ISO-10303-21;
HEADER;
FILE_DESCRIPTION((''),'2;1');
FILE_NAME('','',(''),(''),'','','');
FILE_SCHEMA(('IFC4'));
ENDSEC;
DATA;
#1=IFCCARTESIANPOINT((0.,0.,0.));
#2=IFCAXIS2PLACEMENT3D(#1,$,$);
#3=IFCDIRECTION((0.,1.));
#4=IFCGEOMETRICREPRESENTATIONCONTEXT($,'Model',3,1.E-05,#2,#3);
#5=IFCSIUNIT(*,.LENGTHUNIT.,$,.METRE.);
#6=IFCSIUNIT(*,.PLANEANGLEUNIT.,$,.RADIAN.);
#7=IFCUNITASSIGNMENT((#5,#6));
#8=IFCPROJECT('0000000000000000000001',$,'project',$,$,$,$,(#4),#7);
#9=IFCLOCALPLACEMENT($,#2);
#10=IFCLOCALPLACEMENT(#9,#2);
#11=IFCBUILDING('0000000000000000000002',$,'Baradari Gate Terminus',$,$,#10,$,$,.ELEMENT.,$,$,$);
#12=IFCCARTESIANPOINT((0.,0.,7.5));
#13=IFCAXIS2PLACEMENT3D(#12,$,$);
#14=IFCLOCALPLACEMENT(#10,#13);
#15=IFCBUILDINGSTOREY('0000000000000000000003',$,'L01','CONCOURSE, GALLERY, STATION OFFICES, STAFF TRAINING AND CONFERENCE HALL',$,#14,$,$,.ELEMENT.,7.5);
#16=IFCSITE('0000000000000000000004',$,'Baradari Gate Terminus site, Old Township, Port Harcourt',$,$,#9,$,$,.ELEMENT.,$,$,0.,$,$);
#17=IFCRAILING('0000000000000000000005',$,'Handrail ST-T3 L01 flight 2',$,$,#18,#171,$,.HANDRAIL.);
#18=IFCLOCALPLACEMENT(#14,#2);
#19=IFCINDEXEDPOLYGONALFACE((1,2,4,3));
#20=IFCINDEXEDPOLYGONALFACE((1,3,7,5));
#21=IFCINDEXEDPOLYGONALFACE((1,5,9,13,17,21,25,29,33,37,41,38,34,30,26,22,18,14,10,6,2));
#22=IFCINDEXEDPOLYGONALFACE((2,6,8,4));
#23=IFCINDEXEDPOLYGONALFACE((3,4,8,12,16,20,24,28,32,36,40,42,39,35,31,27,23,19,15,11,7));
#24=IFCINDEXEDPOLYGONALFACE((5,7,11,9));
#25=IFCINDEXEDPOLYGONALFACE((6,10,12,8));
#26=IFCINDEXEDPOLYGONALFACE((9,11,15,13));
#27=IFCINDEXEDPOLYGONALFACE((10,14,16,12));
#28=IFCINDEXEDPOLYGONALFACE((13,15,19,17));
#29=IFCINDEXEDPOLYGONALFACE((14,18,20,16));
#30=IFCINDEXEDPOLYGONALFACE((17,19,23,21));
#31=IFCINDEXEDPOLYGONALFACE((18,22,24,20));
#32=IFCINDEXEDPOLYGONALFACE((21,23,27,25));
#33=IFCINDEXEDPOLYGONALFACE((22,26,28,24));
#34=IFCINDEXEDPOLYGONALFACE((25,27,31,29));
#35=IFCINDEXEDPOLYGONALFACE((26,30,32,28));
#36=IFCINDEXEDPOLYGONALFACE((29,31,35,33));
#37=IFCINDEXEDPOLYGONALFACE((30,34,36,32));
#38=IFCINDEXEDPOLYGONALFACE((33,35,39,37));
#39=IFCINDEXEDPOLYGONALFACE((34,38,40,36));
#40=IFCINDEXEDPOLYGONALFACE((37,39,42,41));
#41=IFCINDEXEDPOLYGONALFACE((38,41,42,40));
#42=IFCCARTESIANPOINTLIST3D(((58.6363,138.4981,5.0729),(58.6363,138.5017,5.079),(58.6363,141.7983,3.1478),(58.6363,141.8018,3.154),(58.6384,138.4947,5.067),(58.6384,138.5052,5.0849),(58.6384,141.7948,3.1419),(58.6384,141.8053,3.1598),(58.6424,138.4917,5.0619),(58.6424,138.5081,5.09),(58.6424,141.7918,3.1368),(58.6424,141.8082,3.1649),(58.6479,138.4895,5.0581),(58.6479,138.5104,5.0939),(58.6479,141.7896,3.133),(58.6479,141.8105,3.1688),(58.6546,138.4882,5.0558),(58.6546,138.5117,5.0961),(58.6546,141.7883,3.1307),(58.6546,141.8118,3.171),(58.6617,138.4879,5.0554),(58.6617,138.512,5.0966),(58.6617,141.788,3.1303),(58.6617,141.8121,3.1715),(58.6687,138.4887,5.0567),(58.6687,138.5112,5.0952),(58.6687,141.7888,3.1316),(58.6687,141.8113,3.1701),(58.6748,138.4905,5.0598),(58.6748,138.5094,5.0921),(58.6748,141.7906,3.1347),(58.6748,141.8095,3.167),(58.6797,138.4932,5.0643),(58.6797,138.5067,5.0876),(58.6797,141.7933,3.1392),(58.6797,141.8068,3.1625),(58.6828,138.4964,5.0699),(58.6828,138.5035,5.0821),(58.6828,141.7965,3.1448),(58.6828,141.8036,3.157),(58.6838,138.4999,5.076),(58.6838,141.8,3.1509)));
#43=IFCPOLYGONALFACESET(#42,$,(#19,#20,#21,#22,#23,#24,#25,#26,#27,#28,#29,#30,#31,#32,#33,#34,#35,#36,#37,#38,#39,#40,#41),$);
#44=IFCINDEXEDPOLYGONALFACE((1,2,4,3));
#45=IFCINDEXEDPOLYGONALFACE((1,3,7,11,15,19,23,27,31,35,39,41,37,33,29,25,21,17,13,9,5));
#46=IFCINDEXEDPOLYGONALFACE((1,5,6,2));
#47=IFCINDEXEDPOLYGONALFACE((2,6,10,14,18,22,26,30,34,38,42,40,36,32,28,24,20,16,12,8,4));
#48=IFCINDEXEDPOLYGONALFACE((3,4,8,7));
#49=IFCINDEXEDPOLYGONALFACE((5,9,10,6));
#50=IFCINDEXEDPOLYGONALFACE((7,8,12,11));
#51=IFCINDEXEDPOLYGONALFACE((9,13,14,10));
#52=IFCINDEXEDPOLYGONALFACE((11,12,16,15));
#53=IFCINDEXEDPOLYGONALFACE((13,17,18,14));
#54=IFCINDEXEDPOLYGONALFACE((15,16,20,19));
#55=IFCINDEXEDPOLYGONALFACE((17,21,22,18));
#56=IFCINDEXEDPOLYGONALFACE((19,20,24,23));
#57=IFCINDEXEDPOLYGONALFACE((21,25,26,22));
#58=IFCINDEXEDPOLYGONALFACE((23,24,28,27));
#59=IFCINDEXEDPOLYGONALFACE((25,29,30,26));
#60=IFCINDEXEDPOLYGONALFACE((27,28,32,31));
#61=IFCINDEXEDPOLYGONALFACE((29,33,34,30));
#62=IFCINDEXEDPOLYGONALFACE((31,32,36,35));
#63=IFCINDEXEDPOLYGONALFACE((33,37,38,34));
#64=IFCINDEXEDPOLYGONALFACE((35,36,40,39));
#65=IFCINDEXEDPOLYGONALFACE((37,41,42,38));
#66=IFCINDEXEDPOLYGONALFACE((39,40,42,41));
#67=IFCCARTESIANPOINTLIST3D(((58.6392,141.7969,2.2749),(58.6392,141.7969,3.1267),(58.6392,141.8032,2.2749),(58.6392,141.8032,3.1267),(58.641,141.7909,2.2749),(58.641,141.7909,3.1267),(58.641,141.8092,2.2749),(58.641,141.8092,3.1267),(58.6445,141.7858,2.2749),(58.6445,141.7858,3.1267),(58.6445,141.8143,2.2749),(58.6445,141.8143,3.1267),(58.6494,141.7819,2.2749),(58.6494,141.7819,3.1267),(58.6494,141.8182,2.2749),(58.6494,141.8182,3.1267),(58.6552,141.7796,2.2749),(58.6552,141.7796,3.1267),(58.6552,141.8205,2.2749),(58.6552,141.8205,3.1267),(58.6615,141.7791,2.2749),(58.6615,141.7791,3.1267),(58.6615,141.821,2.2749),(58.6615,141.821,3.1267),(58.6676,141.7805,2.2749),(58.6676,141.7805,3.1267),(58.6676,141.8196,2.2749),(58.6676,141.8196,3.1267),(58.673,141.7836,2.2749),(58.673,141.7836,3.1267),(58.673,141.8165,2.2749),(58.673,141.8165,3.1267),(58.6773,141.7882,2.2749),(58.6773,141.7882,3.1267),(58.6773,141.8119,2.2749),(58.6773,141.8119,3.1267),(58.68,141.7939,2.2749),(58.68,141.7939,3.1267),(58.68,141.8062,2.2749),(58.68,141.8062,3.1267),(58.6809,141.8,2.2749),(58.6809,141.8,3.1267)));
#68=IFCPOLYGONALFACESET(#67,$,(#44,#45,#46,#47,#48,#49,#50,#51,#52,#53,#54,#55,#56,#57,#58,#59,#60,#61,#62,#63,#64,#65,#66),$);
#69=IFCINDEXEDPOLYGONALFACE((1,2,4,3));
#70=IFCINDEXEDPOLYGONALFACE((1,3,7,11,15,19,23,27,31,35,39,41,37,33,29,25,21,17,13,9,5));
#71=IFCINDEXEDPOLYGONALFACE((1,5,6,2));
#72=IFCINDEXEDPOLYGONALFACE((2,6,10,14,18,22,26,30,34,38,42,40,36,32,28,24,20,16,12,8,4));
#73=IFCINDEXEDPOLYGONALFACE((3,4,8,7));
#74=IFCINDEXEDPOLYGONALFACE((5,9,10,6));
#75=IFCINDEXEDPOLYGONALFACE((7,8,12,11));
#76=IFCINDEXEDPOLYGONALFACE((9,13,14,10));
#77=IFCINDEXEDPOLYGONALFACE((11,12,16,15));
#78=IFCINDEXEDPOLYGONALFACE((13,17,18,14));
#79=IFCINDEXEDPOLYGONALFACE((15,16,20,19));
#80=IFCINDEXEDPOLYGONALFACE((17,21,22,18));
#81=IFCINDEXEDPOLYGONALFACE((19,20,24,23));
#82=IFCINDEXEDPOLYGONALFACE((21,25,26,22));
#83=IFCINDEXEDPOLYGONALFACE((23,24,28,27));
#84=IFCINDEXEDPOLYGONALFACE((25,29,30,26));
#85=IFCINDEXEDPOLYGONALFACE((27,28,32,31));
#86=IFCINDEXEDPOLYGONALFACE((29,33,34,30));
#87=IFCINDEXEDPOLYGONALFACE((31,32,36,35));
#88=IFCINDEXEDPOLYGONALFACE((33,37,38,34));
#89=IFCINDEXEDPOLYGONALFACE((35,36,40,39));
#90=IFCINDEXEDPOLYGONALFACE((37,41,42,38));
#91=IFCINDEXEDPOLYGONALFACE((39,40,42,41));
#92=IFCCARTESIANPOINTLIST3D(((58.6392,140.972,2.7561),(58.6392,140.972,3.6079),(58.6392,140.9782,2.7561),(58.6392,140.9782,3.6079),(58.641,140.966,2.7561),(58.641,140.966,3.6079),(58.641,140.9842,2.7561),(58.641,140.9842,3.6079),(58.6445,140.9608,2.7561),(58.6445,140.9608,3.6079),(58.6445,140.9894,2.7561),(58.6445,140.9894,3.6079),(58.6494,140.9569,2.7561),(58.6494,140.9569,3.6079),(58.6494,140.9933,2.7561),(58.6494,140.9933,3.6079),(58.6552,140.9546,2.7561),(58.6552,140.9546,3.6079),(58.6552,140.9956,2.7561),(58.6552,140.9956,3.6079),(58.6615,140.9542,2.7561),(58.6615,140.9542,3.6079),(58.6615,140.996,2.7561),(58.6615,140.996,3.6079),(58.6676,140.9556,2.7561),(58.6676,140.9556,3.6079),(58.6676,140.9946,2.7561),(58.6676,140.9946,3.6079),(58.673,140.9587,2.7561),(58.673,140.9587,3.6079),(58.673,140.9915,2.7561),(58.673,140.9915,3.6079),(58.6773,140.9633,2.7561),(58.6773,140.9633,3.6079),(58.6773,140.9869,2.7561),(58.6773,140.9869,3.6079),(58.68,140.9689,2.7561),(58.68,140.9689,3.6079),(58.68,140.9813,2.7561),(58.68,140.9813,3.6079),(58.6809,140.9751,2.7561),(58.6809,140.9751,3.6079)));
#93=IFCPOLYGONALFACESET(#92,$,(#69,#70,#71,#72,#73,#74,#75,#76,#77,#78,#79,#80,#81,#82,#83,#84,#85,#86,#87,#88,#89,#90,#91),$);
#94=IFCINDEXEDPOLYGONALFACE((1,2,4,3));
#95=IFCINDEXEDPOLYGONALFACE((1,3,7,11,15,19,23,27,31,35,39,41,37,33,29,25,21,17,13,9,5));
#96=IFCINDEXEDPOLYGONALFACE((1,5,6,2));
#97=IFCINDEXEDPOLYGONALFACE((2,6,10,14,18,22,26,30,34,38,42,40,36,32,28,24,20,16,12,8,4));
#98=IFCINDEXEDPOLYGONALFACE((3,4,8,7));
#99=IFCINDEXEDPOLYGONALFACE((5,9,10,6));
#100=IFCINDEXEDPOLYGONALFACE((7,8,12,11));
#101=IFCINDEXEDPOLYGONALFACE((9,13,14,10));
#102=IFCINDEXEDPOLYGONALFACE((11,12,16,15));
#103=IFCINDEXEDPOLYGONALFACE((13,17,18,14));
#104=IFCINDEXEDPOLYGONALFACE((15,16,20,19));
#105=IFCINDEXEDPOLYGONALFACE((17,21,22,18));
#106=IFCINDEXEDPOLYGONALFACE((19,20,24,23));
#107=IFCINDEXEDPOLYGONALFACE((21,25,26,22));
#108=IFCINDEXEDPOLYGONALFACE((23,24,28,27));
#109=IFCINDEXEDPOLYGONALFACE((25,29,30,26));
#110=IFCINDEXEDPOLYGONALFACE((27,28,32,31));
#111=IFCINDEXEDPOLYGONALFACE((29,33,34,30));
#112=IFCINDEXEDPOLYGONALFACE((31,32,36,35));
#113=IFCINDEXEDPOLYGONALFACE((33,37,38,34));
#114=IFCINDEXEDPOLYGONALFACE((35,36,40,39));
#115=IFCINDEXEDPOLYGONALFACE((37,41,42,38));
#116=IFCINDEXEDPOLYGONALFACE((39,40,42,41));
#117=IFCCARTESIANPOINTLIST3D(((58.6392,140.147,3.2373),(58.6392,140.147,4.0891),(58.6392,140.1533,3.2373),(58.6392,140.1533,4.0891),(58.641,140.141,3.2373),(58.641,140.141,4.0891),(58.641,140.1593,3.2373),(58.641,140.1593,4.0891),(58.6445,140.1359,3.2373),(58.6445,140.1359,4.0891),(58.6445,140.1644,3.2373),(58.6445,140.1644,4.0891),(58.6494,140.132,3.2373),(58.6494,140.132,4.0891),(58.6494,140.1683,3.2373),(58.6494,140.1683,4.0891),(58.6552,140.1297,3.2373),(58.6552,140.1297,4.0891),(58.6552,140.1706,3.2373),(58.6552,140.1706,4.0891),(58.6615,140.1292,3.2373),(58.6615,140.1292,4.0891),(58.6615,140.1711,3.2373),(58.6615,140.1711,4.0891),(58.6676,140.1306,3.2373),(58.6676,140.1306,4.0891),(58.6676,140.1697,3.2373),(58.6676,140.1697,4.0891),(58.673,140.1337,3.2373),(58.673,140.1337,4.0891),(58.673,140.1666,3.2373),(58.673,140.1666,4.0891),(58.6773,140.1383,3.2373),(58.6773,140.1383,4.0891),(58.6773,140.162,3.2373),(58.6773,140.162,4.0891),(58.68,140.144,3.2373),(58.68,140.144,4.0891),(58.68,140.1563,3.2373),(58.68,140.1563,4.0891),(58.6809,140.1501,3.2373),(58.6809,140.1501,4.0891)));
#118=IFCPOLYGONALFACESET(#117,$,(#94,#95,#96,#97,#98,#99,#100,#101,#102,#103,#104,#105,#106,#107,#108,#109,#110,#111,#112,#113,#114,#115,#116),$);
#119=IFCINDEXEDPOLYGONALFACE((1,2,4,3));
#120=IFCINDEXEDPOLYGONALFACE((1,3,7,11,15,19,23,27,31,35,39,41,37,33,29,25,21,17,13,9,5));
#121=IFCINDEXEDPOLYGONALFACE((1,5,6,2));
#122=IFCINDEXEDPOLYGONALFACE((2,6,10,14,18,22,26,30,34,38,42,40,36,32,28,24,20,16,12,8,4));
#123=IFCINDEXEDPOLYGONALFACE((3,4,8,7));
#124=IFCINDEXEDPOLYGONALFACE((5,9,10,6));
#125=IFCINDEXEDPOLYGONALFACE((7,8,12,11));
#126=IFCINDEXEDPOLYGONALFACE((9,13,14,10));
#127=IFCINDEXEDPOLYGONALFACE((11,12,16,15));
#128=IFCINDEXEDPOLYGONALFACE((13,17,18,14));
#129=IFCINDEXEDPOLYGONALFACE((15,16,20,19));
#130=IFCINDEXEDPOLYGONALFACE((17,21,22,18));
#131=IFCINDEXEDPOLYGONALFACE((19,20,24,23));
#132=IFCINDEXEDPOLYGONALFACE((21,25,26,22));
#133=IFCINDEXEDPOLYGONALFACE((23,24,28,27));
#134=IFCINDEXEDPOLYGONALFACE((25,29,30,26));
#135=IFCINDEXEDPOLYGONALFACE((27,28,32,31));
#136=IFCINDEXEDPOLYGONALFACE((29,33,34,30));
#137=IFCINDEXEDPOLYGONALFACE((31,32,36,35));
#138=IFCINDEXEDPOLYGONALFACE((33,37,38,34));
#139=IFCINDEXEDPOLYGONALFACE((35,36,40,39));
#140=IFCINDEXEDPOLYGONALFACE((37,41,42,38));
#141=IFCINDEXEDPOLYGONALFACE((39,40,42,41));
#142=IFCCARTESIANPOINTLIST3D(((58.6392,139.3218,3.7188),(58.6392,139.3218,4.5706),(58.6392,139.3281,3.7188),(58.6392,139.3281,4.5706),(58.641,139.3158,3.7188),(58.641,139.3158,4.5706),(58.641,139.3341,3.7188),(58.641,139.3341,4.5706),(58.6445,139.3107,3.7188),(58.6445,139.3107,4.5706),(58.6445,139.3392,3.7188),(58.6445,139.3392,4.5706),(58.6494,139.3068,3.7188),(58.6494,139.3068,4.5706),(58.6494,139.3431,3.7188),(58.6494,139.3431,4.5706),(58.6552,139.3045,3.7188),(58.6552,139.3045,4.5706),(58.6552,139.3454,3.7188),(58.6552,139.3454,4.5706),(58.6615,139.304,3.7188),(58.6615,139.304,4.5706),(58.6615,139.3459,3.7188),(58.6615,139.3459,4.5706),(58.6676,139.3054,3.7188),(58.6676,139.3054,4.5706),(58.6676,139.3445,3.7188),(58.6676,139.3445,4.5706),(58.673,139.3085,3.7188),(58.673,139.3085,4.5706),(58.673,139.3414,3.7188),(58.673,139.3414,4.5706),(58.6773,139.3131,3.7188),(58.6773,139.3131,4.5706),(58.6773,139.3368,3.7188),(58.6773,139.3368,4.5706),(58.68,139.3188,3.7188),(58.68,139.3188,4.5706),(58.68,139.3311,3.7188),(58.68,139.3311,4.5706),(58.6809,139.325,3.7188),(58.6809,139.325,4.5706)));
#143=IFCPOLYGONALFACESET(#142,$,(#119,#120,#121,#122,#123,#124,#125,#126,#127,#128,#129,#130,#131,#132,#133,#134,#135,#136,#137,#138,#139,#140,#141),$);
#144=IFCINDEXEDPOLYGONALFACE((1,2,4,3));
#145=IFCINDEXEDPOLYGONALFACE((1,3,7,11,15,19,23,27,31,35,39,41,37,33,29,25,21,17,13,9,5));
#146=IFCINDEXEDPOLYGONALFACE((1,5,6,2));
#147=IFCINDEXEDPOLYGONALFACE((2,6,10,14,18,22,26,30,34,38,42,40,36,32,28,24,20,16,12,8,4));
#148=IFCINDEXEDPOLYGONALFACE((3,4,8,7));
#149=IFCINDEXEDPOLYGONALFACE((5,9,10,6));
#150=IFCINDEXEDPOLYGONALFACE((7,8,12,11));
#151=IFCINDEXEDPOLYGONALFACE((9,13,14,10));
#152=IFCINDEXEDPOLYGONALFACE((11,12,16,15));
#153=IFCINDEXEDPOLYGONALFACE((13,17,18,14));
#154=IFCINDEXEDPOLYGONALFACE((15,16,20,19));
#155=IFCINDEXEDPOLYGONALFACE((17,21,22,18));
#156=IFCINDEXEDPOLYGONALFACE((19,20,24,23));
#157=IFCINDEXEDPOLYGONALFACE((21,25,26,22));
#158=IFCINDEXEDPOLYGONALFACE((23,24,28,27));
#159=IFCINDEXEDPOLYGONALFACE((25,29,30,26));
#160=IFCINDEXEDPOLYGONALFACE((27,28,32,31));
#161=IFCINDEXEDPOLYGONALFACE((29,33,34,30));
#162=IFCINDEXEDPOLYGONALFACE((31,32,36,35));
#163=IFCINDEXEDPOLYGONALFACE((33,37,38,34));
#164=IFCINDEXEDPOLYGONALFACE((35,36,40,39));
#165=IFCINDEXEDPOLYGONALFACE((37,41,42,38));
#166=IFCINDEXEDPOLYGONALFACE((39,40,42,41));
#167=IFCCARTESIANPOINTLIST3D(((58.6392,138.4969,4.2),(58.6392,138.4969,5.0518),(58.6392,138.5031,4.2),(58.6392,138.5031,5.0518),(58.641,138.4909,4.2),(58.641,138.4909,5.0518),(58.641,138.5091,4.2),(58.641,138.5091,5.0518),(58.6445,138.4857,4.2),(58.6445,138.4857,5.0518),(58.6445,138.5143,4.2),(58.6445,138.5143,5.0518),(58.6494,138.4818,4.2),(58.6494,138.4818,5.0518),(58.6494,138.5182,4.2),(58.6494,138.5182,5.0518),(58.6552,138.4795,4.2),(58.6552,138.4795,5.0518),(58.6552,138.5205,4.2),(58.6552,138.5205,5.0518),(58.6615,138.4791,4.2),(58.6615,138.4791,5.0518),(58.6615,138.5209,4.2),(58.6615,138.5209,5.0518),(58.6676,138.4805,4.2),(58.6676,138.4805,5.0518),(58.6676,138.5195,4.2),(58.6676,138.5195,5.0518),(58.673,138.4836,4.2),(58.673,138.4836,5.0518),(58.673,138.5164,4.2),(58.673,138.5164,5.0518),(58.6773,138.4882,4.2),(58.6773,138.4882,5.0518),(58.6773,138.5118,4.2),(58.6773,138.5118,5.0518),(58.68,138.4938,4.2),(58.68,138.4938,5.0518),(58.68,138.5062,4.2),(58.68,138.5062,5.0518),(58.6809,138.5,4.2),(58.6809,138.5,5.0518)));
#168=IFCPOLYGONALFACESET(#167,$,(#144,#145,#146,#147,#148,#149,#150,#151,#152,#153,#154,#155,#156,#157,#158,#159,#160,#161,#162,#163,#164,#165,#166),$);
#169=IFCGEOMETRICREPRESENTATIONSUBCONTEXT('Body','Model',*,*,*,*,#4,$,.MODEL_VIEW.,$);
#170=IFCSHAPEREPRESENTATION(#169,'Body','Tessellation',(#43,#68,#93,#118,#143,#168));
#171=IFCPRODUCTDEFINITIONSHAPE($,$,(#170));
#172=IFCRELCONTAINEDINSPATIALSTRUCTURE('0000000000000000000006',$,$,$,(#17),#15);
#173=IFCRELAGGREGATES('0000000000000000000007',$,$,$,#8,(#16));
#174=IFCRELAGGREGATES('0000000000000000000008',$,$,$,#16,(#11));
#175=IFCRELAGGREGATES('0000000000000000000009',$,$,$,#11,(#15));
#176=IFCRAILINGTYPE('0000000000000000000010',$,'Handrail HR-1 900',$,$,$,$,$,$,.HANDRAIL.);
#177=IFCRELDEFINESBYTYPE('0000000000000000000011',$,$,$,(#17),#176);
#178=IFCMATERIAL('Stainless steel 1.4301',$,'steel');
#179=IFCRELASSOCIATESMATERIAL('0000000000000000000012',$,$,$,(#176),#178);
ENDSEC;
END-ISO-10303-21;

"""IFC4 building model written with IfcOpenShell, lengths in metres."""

from ifc_helpers import new_model, si_unit, direction, frame, origin, origin_2d, place, context, subcontext, project, spatial, circle, extrude, material, type_object, element, save


model = new_model("IFC4")

# Units and contexts
model_context = context("Model", 3, precision=1e-05, world=origin(), true_north=direction((0.0, 1.0)))
body_context = subcontext(model_context, "Body", "Model", "MODEL_VIEW")
ifc_project = project(units=[si_unit("LENGTHUNIT", "METRE"), si_unit("PLANEANGLEUNIT", "RADIAN")], contexts=[model_context])

# Site, building, storey
site_placement = place(None, origin())
site = spatial("IfcSite", under=ifc_project, at=site_placement, Name="Baradari Gate Terminus site, Old Township, Port Harcourt", CompositionType="ELEMENT", RefElevation=0.0)
building_placement = place(site_placement, origin())
building = spatial("IfcBuilding", under=site, at=building_placement, Name="Baradari Gate Terminus", CompositionType="ELEMENT")
storey_placement = place(building_placement, frame((0.0, 0.0, 7.5)))
storey = spatial("IfcBuildingStorey", under=building, at=storey_placement, Name="L01", Description="CONCOURSE, GALLERY, STATION OFFICES, STAFF TRAINING AND CONFERENCE HALL", CompositionType="ELEMENT", Elevation=7.5)

# Railing
ifc_material_1 = material(Name="Stainless steel 1.4301", Category="steel")
railing_type = type_object("IfcRailingType", Name="Handrail HR-1 900", PredefinedType="HANDRAIL", material=ifc_material_1)
for number, where, name in (
    (1, (58.6599, 141.8, 2.2749), "Handrail ST-T3 L01 flight 2"),
):
    element("IfcRailing", number, at=place(storey_placement, frame(where)), inside=storey, type_object=railing_type, Name=name, PredefinedType="HANDRAIL", context=body_context, shape_type="SweptSolid", body=[
        extrude(circle(Radius=0.0239, at=origin_2d()), frame((0.0, 0.0, 0.876), z_axis=(0.0, -0.863777, 0.503875), x_axis=(1.0, 0.0, 0.0)), (0.0, 0.0, 1.0), 3.8206),
        extrude(circle(Radius=0.021, at=origin_2d()), origin(), (0.0, 0.0, 1.0), 0.8518),
        extrude(circle(Radius=0.021, at=origin_2d()), frame((0.0, -0.825, 0.4812)), (0.0, 0.0, 1.0), 0.8518),
        extrude(circle(Radius=0.021, at=origin_2d()), frame((0.0, -1.6499, 0.9624)), (0.0, 0.0, 1.0), 0.8518),
        extrude(circle(Radius=0.021, at=origin_2d()), frame((0.0, -2.4751, 1.4438)), (0.0, 0.0, 1.0), 0.8518),
        extrude(circle(Radius=0.021, at=origin_2d()), frame((0.0, -3.3, 1.925)), (0.0, 0.0, 1.0), 0.8518),
    ])

save(model, "model.ifc")
